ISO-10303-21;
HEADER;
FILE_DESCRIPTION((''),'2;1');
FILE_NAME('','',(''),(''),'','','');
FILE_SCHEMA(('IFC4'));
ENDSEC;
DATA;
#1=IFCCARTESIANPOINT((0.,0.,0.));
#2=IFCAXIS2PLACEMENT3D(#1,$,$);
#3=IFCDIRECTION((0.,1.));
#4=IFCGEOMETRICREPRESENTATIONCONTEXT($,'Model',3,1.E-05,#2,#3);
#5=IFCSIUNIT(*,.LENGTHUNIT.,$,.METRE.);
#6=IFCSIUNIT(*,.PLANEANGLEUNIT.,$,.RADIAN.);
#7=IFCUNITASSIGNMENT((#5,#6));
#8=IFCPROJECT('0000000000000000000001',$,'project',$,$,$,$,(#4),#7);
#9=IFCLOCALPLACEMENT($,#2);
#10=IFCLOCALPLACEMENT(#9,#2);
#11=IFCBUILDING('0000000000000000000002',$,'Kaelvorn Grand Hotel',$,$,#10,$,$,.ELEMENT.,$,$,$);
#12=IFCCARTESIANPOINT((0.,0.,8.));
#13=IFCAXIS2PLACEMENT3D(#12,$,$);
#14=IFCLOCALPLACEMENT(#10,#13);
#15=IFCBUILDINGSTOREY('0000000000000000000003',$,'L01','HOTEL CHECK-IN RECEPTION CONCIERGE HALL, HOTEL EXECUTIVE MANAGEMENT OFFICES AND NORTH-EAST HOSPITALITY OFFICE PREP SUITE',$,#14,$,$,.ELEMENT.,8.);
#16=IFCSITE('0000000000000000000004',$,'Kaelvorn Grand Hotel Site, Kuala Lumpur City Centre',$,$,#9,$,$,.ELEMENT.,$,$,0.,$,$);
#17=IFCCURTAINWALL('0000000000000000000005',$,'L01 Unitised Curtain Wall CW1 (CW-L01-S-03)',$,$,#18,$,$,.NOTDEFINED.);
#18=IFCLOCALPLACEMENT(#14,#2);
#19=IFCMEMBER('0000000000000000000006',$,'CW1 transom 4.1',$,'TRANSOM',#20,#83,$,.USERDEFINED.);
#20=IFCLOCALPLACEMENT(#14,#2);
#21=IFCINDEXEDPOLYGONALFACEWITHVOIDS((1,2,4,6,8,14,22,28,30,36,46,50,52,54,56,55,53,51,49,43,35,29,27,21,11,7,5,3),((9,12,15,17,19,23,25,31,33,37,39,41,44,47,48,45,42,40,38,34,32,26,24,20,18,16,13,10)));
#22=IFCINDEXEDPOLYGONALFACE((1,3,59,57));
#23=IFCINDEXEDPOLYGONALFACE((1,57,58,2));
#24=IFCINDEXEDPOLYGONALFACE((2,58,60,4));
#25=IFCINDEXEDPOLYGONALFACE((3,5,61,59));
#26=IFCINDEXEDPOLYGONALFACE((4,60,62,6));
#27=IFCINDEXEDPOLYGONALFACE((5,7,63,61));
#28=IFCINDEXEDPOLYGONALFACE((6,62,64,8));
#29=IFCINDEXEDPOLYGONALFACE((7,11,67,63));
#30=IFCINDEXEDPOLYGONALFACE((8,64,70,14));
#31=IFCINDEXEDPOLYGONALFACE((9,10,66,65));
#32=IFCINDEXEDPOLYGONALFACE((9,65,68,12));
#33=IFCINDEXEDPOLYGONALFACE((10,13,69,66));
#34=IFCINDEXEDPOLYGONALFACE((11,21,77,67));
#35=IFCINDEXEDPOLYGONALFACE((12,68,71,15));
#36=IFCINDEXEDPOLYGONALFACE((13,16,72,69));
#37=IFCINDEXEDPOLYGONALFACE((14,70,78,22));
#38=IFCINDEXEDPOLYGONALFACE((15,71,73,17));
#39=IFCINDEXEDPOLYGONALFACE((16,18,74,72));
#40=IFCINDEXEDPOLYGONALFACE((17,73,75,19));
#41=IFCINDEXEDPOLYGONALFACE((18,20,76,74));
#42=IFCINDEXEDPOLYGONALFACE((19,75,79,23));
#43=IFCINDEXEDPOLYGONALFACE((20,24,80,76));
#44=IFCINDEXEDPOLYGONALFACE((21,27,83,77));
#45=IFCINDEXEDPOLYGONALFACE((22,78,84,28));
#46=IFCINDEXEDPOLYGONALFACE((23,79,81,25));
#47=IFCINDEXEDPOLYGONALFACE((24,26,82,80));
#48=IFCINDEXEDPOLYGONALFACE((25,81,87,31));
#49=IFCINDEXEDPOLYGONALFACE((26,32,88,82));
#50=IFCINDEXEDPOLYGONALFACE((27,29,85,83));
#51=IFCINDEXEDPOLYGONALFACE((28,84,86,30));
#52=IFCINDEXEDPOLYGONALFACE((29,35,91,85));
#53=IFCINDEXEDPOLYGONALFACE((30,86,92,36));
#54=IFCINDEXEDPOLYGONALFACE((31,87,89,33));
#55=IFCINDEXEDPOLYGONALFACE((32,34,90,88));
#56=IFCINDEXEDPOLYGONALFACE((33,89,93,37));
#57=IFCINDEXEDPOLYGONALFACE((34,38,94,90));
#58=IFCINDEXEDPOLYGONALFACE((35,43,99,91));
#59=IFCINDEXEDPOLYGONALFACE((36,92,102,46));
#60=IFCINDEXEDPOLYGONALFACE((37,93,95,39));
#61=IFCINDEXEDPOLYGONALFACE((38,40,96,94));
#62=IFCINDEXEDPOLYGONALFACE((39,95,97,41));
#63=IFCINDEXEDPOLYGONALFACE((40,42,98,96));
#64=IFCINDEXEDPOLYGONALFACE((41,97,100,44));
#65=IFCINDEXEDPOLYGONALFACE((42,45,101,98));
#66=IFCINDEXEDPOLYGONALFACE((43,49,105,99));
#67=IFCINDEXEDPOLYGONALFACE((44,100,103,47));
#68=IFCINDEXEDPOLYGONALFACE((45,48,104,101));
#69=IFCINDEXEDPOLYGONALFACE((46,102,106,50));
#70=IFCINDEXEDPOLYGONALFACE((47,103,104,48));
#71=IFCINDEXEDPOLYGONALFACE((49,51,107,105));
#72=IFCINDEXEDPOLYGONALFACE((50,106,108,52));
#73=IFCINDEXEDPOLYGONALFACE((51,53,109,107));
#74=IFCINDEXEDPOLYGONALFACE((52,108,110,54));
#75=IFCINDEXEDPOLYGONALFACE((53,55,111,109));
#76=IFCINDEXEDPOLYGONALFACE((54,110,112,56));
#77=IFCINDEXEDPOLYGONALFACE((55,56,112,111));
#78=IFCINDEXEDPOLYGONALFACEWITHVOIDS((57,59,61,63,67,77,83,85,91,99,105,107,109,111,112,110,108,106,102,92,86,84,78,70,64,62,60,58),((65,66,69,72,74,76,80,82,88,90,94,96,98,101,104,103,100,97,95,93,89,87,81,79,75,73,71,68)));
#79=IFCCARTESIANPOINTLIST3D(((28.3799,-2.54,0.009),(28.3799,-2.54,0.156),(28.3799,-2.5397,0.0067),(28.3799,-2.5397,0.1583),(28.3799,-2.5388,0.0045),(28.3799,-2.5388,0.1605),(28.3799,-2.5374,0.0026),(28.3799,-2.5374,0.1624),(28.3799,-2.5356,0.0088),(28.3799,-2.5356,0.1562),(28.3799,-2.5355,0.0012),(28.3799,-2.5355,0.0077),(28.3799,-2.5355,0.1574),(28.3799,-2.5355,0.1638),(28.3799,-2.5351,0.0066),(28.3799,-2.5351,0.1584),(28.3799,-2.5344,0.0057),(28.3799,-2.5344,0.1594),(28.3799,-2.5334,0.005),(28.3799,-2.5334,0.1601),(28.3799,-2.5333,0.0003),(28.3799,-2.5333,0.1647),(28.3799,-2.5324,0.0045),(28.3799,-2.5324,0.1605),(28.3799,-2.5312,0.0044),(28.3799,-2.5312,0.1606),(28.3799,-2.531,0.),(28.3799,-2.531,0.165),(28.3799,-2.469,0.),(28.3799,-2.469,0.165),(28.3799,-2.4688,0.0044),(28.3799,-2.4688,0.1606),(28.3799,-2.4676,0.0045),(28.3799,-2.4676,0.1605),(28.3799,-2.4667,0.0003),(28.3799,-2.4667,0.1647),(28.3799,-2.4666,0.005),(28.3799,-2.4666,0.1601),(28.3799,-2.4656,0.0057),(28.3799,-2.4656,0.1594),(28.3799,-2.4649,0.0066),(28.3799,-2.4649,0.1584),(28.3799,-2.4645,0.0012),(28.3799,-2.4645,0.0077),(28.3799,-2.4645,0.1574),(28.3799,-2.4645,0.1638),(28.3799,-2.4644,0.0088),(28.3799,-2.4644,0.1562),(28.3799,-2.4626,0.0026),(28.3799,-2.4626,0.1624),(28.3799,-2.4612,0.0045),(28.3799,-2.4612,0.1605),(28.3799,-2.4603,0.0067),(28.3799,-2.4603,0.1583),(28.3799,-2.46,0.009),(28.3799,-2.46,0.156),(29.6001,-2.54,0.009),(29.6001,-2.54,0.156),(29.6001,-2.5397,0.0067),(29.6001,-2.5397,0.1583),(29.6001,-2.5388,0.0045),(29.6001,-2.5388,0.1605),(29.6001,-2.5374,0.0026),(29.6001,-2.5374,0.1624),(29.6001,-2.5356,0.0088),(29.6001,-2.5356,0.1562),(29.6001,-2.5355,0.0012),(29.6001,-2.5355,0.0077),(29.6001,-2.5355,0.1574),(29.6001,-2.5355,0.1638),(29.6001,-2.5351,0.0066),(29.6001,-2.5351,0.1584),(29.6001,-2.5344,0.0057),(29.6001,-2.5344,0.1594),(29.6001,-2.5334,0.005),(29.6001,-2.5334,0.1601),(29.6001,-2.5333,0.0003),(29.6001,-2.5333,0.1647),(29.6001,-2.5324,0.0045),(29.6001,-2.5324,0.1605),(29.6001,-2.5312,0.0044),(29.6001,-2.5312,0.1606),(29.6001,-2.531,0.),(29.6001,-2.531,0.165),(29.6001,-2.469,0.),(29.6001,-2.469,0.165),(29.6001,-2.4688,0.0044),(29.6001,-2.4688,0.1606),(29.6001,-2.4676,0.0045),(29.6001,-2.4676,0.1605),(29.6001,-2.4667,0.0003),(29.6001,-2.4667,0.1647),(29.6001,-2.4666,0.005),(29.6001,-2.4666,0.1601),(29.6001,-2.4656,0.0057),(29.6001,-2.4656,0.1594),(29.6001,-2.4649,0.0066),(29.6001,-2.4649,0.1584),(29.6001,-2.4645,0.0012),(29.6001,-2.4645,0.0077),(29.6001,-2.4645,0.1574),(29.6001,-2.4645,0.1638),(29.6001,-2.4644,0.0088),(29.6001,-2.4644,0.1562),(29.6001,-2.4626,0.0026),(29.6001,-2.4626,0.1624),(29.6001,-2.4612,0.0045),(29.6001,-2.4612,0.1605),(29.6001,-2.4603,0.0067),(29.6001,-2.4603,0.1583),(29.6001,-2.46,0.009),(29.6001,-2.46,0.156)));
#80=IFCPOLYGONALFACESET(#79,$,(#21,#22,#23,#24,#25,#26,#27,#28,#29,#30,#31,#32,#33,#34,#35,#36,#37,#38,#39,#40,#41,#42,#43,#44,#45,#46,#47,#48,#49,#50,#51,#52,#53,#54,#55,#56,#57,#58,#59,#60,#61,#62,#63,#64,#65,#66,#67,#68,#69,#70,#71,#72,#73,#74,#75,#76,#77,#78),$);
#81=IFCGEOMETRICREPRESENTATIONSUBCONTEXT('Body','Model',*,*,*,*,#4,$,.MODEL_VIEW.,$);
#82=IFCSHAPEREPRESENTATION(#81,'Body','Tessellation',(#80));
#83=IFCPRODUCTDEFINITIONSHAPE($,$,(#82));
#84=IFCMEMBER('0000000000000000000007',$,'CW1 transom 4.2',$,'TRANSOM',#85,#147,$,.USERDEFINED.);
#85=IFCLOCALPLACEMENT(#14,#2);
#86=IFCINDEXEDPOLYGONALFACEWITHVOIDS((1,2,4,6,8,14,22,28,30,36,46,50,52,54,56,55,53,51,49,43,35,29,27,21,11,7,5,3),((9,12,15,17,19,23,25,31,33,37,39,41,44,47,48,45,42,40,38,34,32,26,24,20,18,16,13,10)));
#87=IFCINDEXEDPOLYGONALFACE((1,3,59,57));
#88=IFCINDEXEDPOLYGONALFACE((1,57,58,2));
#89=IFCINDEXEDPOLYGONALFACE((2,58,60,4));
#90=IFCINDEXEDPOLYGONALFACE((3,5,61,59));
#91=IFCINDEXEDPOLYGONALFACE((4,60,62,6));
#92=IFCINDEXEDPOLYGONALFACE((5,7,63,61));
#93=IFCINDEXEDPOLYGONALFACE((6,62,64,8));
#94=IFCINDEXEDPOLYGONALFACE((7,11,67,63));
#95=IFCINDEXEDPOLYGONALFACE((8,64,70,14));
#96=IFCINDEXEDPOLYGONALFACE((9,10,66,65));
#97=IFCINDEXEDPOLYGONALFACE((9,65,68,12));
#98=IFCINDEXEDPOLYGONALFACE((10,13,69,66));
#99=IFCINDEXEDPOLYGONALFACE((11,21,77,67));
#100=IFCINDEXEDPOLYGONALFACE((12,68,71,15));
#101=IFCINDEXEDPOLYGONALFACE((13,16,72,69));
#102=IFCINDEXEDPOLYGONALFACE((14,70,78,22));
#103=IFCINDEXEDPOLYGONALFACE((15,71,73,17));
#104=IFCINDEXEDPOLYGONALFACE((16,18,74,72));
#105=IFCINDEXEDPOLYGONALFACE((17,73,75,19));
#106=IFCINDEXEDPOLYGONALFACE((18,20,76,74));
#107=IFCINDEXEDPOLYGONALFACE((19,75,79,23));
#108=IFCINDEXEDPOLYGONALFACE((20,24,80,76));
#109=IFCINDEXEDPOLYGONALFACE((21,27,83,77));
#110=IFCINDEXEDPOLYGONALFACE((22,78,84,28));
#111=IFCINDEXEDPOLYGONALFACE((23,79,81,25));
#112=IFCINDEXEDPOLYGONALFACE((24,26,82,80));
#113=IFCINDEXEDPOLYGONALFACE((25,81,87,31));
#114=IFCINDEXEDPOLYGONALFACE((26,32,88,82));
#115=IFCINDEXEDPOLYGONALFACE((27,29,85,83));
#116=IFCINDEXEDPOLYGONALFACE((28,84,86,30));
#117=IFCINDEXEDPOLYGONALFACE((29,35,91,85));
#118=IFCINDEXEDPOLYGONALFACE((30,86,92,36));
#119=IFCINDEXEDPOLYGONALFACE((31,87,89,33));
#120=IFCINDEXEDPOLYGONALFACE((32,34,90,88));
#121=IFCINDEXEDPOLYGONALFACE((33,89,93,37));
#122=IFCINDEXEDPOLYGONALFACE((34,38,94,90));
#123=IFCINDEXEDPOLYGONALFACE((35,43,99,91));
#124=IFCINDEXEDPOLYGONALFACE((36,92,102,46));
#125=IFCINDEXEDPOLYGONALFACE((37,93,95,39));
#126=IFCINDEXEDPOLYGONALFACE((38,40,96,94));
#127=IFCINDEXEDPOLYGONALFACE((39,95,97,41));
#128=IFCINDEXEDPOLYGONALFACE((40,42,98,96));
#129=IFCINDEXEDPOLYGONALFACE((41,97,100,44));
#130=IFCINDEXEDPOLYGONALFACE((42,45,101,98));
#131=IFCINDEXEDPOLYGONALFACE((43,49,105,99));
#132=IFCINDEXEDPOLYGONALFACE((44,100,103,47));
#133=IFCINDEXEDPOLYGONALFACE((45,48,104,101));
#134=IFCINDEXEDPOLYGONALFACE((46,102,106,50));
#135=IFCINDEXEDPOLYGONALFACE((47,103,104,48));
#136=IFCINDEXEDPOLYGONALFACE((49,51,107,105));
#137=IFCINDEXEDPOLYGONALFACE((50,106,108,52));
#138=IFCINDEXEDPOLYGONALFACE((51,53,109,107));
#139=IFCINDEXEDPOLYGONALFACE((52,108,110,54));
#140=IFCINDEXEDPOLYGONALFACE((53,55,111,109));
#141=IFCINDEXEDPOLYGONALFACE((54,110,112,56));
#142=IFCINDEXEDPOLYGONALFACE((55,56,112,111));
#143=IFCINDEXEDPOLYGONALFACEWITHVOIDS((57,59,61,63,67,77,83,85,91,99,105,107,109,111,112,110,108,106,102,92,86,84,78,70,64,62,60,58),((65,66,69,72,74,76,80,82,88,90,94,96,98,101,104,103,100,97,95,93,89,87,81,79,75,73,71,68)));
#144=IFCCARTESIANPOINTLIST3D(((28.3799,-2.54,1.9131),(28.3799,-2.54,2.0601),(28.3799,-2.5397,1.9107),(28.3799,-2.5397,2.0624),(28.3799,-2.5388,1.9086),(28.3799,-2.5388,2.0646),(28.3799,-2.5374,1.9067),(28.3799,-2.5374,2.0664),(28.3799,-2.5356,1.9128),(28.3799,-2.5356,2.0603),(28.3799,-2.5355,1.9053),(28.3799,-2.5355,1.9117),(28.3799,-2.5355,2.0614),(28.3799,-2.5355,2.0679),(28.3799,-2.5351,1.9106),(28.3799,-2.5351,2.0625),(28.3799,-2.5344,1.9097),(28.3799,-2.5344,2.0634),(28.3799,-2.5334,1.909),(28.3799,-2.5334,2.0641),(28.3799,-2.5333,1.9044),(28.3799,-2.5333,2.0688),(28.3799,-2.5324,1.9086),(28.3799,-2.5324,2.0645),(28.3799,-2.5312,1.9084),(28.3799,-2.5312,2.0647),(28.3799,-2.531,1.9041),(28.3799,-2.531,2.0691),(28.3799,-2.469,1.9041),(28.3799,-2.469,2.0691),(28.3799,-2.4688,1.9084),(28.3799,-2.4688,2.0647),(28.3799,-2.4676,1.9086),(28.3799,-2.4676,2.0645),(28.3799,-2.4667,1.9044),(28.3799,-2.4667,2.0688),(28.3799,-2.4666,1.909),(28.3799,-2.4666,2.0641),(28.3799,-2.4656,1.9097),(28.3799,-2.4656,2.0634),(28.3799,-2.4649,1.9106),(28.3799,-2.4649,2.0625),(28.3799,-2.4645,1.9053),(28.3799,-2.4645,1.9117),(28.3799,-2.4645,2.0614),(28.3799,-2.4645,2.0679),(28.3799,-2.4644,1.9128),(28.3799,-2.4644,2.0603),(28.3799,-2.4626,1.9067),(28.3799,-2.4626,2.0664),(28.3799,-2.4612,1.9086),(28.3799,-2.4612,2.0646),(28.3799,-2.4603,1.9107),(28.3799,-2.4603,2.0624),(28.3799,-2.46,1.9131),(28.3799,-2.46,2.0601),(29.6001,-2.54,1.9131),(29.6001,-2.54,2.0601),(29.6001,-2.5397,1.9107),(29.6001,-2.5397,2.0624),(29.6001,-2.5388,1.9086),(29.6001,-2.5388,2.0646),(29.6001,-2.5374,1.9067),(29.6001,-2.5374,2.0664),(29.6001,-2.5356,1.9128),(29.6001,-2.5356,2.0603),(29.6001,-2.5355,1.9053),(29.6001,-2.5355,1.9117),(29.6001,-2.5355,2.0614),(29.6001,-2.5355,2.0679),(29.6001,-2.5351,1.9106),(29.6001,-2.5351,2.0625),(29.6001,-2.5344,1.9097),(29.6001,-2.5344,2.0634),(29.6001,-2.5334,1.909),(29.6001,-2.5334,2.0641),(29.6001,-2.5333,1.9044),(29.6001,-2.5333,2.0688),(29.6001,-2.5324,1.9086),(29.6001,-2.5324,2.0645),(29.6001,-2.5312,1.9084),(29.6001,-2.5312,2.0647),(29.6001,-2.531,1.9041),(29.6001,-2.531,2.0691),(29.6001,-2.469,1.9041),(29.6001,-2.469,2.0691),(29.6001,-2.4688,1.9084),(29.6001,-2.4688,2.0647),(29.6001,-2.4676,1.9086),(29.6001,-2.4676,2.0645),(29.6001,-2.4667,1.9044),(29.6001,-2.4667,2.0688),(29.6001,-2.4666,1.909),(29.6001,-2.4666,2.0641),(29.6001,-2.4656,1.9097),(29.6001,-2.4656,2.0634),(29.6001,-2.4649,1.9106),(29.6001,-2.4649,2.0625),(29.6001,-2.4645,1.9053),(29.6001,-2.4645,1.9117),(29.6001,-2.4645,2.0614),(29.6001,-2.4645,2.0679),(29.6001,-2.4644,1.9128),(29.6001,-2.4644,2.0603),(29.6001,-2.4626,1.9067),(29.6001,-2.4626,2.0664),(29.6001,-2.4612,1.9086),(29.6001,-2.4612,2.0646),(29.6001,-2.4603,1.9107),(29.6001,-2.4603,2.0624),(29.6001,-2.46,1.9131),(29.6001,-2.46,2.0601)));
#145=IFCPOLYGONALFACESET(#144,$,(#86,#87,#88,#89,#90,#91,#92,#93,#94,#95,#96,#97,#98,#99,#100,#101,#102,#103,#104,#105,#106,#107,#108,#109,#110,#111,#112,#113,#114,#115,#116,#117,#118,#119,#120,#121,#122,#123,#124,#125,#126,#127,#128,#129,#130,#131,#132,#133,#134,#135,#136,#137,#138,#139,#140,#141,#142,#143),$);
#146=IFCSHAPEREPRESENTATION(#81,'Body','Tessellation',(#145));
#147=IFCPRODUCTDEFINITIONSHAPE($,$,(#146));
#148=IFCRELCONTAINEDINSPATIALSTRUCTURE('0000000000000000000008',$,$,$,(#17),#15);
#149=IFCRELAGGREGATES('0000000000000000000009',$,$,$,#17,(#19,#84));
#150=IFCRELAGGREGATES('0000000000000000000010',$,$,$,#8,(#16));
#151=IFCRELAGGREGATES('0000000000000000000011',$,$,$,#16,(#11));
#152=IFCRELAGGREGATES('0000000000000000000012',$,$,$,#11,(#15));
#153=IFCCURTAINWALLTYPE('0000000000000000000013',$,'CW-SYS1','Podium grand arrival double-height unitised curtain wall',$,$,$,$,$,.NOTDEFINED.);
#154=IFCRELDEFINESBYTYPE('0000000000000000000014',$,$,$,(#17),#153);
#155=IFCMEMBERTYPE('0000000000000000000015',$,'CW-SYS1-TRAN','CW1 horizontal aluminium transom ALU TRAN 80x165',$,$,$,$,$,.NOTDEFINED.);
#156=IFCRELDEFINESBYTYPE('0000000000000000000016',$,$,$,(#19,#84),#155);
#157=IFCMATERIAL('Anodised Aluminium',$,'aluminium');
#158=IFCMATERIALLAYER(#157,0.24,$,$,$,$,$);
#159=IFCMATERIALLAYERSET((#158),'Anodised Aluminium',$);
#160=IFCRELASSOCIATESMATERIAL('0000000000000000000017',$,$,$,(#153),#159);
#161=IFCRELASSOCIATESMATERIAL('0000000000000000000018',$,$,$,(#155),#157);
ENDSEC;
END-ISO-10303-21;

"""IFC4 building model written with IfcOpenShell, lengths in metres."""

from ifc_helpers import new_model, si_unit, direction, frame, origin, origin_2d, place, context, subcontext, project, spatial, hollow_rectangle, extrude, material, layer, layer_set, material_profile, profile_set, type_object, element, aggregate, save


model = new_model("IFC4")

# Units and contexts
model_context = context("Model", 3, precision=1e-05, world=origin(), true_north=direction((0.0, 1.0)))
body_context = subcontext(model_context, "Body", "Model", "MODEL_VIEW")
ifc_project = project(units=[si_unit("LENGTHUNIT", "METRE"), si_unit("PLANEANGLEUNIT", "RADIAN")], contexts=[model_context])

# Site, building, storey
site_placement = place(None, origin())
site = spatial("IfcSite", under=ifc_project, at=site_placement, Name="Kaelvorn Grand Hotel Site, Kuala Lumpur City Centre", CompositionType="ELEMENT", RefElevation=0.0)
building_placement = place(site_placement, origin())
building = spatial("IfcBuilding", under=site, at=building_placement, Name="Kaelvorn Grand Hotel", CompositionType="ELEMENT")
storey_placement = place(building_placement, frame((0.0, 0.0, 8.0)))
storey = spatial("IfcBuildingStorey", under=building, at=storey_placement, Name="L01", Description="HOTEL CHECK-IN RECEPTION CONCIERGE HALL, HOTEL EXECUTIVE MANAGEMENT OFFICES AND NORTH-EAST HOSPITALITY OFFICE PREP SUITE", CompositionType="ELEMENT", Elevation=8.0)

# Curtain wall
ifc_material_1 = material(Name="Anodised Aluminium", Category="aluminium")
ifc_layer_1 = layer(ifc_material_1, 0.24)
ifc_layer_set_1 = layer_set([ifc_layer_1], Name="Anodised Aluminium")
curtain_wall_type = type_object("IfcCurtainWallType", Name="CW-SYS1", Description="Podium grand arrival double-height unitised curtain wall", PredefinedType="NOTDEFINED", material=ifc_layer_set_1)
curtain_wall_1_placement = place(storey_placement, origin())
curtain_wall_1 = element("IfcCurtainWall", 1, at=curtain_wall_1_placement, inside=storey, type_object=curtain_wall_type, Name="L01 Unitised Curtain Wall CW1 (CW-L01-S-03)", PredefinedType="NOTDEFINED")

# Members
ifc_material_profile_1 = material_profile(ifc_material_1, hollow_rectangle(XDim=0.0801, YDim=0.165, WallThickness=0.0044, InnerFilletRadius=0.0044, OuterFilletRadius=0.009, at=origin_2d()), Name="ALU TRAN 80x165")
ifc_profile_set_1 = profile_set([ifc_material_profile_1], Name="Anodised Aluminium")
member_type_1 = type_object("IfcMemberType", Name="CW-SYS1-TRAN", Description="CW1 horizontal aluminium transom ALU TRAN 80x165", PredefinedType="NOTDEFINED", material=ifc_profile_set_1)
member_1_placement = place(storey_placement, frame((28.3799, -2.5, 0.0825), z_axis=(1.0, 0.0, 0.0), x_axis=(0.0, 1.0, 0.0)))
member_1 = element("IfcMember", 2, at=member_1_placement, type_object=member_type_1, Name="CW1 transom 4.1", ObjectType="TRANSOM", PredefinedType="USERDEFINED", context=body_context, shape_type="SweptSolid", body=[
    extrude(hollow_rectangle(XDim=0.0801, YDim=0.165, WallThickness=0.0044, InnerFilletRadius=0.0044, OuterFilletRadius=0.009, at=origin_2d()), origin(), (0.0, 0.0, 1.0), 1.2202),
])
member_2_placement = place(storey_placement, frame((28.3799, -2.5, 1.9866), z_axis=(1.0, 0.0, 0.0), x_axis=(0.0, 1.0, 0.0)))
member_2 = element("IfcMember", 3, at=member_2_placement, type_object=member_type_1, Name="CW1 transom 4.2", ObjectType="TRANSOM", PredefinedType="USERDEFINED", context=body_context, shape_type="SweptSolid", body=[
    extrude(hollow_rectangle(XDim=0.0801, YDim=0.165, WallThickness=0.0044, InnerFilletRadius=0.0044, OuterFilletRadius=0.009, at=origin_2d()), origin(), (0.0, 0.0, 1.0), 1.2202),
])

aggregate(curtain_wall_1, [member_1, member_2])

save(model, "model.ifc")
